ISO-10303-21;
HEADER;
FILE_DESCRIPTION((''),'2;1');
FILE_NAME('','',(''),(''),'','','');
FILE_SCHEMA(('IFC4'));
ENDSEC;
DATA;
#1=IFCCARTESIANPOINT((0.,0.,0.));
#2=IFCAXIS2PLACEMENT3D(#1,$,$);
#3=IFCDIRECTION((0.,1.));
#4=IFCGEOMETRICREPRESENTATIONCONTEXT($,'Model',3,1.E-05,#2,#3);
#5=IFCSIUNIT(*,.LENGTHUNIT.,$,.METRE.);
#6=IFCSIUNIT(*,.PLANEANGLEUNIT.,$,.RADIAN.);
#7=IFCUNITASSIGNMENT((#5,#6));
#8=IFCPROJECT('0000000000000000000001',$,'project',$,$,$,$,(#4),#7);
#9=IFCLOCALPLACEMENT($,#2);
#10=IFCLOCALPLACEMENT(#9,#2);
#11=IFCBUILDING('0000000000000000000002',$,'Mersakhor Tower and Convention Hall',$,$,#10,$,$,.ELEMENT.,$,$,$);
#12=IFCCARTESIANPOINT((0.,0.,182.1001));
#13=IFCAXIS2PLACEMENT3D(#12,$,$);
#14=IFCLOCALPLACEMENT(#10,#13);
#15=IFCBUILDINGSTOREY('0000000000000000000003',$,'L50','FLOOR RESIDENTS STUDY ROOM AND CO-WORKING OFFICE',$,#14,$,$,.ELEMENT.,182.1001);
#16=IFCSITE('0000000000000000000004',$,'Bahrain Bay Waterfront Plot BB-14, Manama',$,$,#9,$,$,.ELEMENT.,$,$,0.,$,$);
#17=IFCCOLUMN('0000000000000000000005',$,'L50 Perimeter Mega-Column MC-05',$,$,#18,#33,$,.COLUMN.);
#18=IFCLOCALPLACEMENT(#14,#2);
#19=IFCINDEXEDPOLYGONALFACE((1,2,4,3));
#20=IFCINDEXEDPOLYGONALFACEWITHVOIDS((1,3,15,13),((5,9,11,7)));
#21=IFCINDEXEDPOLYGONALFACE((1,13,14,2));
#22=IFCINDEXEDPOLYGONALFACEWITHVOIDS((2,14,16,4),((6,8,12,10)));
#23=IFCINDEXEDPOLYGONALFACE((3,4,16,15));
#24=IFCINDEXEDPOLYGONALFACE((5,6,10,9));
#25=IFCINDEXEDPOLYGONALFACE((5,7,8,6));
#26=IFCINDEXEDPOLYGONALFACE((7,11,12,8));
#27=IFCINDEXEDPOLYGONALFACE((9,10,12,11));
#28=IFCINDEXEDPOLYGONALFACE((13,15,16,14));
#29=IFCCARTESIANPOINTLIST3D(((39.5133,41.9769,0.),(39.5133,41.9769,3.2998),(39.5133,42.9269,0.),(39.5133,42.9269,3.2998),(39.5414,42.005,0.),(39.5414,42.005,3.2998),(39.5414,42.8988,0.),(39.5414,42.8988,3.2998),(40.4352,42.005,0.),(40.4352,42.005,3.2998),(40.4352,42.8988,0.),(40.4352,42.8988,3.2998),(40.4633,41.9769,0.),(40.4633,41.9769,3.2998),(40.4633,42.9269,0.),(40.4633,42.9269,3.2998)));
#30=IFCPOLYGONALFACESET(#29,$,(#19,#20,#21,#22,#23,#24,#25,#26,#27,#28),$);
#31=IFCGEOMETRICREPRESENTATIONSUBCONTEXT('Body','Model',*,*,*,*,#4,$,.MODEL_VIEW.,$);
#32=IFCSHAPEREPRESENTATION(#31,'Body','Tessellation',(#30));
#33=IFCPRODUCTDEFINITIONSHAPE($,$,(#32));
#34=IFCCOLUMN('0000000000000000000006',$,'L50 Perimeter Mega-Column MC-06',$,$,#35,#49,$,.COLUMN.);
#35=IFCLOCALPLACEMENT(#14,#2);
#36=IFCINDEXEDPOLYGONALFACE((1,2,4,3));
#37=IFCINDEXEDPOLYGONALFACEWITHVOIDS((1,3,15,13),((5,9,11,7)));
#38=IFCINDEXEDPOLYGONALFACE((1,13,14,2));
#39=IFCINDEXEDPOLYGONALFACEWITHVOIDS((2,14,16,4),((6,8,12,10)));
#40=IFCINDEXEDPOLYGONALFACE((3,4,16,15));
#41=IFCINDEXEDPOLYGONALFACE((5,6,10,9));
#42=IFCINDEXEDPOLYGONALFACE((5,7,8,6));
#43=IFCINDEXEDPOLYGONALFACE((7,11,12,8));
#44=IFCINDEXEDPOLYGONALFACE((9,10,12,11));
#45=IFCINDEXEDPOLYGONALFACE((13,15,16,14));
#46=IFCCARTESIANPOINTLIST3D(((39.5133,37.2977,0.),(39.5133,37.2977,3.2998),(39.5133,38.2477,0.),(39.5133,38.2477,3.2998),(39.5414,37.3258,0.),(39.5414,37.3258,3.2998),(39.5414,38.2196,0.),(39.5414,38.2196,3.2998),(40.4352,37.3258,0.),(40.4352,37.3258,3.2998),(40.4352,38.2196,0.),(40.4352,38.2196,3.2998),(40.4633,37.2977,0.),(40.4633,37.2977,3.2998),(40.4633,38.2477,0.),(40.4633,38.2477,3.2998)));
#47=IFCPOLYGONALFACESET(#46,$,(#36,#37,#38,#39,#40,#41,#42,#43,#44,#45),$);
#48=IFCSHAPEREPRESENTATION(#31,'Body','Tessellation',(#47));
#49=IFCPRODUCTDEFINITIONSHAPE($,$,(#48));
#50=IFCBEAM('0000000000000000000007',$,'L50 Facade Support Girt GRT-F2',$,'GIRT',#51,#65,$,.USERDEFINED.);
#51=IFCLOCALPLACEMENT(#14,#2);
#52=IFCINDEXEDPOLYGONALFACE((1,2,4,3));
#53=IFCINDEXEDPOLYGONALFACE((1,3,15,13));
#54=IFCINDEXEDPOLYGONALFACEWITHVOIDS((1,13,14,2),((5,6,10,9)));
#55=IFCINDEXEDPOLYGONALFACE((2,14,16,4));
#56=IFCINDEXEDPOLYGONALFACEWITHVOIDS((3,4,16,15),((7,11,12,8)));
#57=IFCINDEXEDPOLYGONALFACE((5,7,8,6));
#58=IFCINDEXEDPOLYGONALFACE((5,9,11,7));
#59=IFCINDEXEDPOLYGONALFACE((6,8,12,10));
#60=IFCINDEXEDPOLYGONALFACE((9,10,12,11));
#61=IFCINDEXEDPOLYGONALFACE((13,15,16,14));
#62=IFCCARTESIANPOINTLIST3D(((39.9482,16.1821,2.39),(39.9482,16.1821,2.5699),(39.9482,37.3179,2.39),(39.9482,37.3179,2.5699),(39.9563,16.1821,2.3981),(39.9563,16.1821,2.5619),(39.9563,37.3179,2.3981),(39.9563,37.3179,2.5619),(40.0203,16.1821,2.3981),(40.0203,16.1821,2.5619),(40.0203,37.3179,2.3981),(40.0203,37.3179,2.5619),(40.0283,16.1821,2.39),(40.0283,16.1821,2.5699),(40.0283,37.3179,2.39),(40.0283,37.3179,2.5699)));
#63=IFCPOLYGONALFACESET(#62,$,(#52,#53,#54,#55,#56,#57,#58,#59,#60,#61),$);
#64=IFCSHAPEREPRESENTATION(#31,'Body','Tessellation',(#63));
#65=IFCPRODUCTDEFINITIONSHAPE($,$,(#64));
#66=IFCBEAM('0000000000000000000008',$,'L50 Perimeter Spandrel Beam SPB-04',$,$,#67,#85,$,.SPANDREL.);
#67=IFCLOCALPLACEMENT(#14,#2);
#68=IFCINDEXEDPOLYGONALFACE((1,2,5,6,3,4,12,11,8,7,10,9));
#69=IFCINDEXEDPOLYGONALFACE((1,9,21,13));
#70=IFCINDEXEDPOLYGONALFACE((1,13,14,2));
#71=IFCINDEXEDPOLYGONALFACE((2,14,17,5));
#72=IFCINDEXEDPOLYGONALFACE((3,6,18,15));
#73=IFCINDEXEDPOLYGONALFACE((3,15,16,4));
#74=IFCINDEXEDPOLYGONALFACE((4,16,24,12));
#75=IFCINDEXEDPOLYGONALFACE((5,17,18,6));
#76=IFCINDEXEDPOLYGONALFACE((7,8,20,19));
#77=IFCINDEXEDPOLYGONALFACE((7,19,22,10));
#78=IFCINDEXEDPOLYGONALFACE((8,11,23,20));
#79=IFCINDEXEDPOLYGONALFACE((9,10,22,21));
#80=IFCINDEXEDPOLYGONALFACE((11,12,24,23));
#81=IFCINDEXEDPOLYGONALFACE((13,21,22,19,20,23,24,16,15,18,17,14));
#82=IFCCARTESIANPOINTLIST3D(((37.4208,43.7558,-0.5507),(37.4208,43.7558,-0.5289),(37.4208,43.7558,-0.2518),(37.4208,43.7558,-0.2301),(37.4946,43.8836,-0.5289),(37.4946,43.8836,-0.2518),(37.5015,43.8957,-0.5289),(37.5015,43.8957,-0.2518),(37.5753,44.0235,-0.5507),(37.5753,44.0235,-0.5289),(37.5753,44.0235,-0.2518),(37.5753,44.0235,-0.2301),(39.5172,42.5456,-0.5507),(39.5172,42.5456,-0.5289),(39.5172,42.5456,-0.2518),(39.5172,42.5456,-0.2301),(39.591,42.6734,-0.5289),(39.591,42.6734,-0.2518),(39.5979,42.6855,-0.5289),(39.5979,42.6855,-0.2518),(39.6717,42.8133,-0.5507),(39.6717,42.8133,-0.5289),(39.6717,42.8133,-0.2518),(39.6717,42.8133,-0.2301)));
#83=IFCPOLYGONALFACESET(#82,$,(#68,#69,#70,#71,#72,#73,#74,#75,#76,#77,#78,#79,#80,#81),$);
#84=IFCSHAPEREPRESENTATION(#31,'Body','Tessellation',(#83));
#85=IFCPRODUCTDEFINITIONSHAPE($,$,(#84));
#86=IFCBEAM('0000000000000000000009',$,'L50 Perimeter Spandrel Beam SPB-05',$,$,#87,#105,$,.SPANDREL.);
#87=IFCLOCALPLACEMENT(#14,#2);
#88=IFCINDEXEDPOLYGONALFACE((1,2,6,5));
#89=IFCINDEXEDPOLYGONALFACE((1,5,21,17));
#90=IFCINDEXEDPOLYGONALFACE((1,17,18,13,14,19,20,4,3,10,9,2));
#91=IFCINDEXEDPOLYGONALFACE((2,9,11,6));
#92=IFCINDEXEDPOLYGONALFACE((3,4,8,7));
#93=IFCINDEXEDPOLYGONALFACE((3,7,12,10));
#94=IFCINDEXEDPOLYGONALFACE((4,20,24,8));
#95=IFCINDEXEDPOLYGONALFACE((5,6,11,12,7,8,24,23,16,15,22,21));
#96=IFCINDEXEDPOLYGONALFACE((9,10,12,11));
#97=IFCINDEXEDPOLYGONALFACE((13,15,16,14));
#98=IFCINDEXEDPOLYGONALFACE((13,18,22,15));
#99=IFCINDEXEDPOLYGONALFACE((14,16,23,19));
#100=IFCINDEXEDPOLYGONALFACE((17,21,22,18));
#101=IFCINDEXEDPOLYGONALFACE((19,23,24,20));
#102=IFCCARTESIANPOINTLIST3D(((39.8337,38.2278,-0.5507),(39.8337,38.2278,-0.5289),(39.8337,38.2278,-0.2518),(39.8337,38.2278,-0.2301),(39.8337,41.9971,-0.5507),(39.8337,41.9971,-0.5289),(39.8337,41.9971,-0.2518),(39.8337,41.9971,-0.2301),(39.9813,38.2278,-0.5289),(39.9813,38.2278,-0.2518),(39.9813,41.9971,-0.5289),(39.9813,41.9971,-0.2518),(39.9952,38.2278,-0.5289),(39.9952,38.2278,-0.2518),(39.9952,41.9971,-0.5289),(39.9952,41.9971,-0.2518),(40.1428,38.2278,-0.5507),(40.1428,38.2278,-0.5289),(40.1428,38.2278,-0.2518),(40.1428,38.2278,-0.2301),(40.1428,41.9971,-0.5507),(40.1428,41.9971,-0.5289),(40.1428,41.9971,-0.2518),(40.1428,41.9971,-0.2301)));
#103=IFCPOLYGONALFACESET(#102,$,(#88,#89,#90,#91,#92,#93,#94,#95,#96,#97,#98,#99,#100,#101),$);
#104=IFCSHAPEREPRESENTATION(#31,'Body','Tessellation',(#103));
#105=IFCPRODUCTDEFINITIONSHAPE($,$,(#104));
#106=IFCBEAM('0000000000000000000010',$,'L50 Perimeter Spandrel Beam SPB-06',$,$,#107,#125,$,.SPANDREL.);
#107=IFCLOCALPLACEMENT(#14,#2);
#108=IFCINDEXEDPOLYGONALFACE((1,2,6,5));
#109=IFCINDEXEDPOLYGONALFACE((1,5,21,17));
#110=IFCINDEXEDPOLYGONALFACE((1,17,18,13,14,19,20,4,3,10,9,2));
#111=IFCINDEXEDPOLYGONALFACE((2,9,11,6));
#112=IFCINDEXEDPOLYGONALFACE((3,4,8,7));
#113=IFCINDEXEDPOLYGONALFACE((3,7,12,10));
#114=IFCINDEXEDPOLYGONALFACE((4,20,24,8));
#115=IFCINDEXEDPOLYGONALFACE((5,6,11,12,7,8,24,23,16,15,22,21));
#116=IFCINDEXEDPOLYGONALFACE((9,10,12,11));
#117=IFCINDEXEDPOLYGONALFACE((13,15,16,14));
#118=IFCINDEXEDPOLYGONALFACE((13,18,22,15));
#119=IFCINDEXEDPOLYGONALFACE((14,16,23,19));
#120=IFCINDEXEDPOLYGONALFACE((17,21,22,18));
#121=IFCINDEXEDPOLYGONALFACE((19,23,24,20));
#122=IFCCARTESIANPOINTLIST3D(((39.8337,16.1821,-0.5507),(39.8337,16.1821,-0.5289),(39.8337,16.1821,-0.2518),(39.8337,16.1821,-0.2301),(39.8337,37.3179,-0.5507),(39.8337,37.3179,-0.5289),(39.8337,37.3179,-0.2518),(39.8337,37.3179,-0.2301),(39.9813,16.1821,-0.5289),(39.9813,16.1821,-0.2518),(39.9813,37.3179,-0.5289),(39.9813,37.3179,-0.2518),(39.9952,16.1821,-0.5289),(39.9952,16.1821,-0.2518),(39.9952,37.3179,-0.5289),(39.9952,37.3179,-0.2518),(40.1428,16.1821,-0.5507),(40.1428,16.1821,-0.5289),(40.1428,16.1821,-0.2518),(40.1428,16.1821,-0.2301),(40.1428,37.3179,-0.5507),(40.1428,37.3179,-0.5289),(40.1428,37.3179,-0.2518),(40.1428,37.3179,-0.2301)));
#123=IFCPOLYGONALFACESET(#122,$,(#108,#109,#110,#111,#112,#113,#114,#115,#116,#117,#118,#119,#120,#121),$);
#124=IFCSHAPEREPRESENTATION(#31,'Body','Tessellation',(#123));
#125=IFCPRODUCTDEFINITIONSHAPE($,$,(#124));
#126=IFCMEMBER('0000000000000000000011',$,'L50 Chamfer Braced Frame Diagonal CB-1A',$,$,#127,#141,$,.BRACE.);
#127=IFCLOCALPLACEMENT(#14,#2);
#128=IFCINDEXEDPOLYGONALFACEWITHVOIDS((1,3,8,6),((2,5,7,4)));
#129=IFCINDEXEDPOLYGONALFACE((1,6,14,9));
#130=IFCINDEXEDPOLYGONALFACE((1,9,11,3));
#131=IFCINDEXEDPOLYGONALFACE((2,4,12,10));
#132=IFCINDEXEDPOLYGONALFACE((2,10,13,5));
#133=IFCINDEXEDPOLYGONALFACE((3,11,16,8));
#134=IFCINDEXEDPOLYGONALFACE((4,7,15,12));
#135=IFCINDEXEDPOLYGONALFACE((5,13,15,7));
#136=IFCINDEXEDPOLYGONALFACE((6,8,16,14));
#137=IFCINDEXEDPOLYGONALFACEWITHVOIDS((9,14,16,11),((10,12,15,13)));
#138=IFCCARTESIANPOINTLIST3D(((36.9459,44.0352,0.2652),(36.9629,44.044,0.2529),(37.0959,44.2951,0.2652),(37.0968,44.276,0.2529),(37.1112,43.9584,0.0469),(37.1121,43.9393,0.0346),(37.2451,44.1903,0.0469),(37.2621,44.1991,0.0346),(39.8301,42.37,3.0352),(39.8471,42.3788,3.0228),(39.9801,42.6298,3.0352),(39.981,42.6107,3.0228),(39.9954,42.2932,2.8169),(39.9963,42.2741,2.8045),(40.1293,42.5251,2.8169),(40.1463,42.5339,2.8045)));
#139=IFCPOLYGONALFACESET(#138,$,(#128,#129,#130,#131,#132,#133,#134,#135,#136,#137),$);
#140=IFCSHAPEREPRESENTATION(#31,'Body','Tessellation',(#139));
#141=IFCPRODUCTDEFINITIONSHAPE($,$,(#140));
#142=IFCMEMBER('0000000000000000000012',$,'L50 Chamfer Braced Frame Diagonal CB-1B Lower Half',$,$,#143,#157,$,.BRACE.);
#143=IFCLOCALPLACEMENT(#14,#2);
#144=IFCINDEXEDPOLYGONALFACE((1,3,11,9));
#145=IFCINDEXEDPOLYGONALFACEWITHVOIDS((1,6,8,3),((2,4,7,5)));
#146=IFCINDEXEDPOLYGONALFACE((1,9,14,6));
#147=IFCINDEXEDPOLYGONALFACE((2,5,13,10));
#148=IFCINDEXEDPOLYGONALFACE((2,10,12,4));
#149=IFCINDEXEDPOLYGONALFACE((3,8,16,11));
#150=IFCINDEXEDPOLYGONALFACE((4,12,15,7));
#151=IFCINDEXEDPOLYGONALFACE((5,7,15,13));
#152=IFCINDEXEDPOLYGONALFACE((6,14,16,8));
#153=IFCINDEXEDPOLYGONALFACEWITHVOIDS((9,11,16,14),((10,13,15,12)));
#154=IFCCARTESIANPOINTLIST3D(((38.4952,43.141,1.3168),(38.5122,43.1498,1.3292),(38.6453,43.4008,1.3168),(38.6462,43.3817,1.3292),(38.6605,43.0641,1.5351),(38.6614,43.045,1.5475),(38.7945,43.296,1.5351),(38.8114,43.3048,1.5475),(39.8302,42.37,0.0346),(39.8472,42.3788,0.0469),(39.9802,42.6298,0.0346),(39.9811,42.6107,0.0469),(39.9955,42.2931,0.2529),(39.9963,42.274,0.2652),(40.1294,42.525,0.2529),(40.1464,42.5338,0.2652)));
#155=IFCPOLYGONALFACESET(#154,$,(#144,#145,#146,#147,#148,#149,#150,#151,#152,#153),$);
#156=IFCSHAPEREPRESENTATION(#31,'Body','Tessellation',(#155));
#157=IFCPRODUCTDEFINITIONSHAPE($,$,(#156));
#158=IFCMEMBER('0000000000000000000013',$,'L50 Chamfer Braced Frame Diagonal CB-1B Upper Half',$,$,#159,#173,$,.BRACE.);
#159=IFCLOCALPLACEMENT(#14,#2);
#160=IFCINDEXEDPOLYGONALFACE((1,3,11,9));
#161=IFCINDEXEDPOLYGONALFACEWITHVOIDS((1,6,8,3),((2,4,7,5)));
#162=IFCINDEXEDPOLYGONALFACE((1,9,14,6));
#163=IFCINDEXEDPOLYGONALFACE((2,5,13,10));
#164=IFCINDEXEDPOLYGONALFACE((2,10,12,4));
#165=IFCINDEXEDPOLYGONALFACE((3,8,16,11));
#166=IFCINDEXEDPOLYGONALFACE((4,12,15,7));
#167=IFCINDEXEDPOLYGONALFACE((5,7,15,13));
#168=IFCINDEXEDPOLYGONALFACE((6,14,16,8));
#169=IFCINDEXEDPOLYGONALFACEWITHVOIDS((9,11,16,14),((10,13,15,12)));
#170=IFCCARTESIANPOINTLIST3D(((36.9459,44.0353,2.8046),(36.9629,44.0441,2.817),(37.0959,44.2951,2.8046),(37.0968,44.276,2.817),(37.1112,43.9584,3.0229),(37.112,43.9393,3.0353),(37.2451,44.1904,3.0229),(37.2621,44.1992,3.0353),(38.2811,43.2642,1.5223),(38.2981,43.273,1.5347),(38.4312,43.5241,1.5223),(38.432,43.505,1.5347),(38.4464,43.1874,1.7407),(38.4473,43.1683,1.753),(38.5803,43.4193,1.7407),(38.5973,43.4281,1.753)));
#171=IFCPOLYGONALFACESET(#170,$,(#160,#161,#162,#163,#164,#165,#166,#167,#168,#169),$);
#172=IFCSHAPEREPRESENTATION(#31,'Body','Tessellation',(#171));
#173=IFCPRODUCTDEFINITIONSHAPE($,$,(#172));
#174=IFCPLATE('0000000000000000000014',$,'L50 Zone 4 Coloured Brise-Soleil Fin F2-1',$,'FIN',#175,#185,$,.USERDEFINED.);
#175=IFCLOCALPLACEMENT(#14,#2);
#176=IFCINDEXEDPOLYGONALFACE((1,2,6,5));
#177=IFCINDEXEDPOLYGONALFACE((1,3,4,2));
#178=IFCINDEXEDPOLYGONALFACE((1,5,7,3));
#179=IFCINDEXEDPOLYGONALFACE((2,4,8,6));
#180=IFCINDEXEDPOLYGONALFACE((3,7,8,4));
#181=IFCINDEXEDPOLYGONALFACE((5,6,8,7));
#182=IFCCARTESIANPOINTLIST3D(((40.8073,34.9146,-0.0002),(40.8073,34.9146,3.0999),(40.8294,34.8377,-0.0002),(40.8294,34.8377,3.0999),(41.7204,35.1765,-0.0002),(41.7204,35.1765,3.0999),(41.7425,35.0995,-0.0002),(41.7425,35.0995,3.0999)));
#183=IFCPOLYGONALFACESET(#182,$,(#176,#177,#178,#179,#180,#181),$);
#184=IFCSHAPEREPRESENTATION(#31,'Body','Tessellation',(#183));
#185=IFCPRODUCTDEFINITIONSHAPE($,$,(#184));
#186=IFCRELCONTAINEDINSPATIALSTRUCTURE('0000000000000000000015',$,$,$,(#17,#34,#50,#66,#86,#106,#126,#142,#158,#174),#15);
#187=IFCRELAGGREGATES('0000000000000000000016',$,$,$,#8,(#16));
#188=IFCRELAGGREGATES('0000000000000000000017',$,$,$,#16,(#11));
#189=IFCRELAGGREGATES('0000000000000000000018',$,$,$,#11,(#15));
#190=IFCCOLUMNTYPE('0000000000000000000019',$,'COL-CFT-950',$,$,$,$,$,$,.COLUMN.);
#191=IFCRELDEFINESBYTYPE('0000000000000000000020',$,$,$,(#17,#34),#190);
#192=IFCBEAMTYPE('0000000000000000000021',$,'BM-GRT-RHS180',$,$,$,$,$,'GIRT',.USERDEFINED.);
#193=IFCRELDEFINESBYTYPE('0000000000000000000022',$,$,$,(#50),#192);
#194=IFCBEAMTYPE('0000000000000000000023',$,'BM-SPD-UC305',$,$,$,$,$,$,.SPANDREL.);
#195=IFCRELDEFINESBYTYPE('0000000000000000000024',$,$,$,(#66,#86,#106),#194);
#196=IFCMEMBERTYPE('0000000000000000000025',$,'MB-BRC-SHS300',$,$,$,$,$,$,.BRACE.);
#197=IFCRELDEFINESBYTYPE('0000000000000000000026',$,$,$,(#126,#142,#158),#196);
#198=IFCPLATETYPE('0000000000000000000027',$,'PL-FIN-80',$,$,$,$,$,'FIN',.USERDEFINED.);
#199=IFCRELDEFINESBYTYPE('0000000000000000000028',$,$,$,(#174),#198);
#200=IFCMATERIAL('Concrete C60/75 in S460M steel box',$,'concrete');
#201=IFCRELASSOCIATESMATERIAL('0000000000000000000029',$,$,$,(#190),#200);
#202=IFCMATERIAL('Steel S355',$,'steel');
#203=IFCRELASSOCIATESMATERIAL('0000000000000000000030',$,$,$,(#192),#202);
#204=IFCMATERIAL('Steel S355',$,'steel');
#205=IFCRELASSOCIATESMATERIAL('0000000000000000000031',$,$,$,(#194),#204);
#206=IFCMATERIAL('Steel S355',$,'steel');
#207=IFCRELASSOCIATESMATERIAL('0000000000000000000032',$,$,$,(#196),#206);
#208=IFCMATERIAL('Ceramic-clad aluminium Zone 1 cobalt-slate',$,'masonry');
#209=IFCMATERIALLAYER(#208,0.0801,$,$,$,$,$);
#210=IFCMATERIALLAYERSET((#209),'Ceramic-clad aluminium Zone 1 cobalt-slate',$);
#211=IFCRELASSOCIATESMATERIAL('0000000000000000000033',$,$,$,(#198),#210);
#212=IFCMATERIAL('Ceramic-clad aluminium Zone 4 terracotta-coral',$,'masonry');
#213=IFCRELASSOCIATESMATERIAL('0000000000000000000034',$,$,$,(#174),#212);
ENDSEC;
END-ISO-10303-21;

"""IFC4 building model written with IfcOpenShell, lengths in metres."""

from ifc_helpers import new_model, si_unit, direction, frame, origin, origin_2d, place, context, subcontext, project, spatial, rectangle, hollow_rectangle, i_section, extrude, material, layer, layer_set, material_profile, profile_set, type_object, element, save


model = new_model("IFC4")

# Units and contexts
model_context = context("Model", 3, precision=1e-05, world=origin(), true_north=direction((0.0, 1.0)))
body_context = subcontext(model_context, "Body", "Model", "MODEL_VIEW")
ifc_project = project(units=[si_unit("LENGTHUNIT", "METRE"), si_unit("PLANEANGLEUNIT", "RADIAN")], contexts=[model_context])

# Site, building, storey
site_placement = place(None, origin())
site = spatial("IfcSite", under=ifc_project, at=site_placement, Name="Bahrain Bay Waterfront Plot BB-14, Manama", CompositionType="ELEMENT", RefElevation=0.0)
building_placement = place(site_placement, origin())
building = spatial("IfcBuilding", under=site, at=building_placement, Name="Mersakhor Tower and Convention Hall", CompositionType="ELEMENT")
storey_placement = place(building_placement, frame((0.0, 0.0, 182.1001)))
storey = spatial("IfcBuildingStorey", under=building, at=storey_placement, Name="L50", Description="FLOOR RESIDENTS STUDY ROOM AND CO-WORKING OFFICE", CompositionType="ELEMENT", Elevation=182.1001)

# Columns
ifc_material_1 = material(Name="Concrete C60/75 in S460M steel box", Category="concrete")
ifc_material_profile_1 = material_profile(ifc_material_1, hollow_rectangle(XDim=0.95, YDim=0.95, WallThickness=0.0281, at=origin_2d()), Name="SHS 950x950x28")
ifc_profile_set_1 = profile_set([ifc_material_profile_1], Name="Concrete C60/75 in S460M steel box")
column_type = type_object("IfcColumnType", Name="COL-CFT-950", PredefinedType="COLUMN", material=ifc_profile_set_1)
for number, where, z_axis, x_axis, name in (
    (1, (39.9883, 42.4519, 0.0), (0.0, 0.0, 1.0), (1.0, 0.0, 0.0), "L50 Perimeter Mega-Column MC-05"),
    (2, (39.9883, 37.7727, 0.0), (0.0, 0.0, 1.0), (1.0, 0.0, 0.0), "L50 Perimeter Mega-Column MC-06"),
):
    element("IfcColumn", number, at=place(storey_placement, frame(where, z_axis=z_axis, x_axis=x_axis)), inside=storey, type_object=column_type, Name=name, PredefinedType="COLUMN", context=body_context, shape_type="SweptSolid", body=[
        extrude(hollow_rectangle(XDim=0.95, YDim=0.95, WallThickness=0.0281, at=origin_2d()), origin(), (0.0, 0.0, 1.0), 3.2998),
    ])

# Beams
ifc_material_2 = material(Name="Steel S355", Category="steel")
ifc_material_profile_2 = material_profile(ifc_material_2, hollow_rectangle(XDim=0.0801, YDim=0.1799, WallThickness=0.0081, at=origin_2d()), Name="RHS 180x80x8")
ifc_profile_set_2 = profile_set([ifc_material_profile_2], Name="Steel S355")
beam_type_1 = type_object("IfcBeamType", Name="BM-GRT-RHS180", ElementType="GIRT", PredefinedType="USERDEFINED", material=ifc_profile_set_2)
beam_1_placement = place(storey_placement, frame((39.9883, 37.3179, 2.48), z_axis=(0.0, -1.0, 0.0), x_axis=(1.0, 0.0, 0.0)))
element("IfcBeam", 3, at=beam_1_placement, inside=storey, type_object=beam_type_1, Name="L50 Facade Support Girt GRT-F2", ObjectType="GIRT", PredefinedType="USERDEFINED", context=body_context, shape_type="SweptSolid", body=[
    extrude(hollow_rectangle(XDim=0.0801, YDim=0.1799, WallThickness=0.0081, at=origin_2d()), origin(), (0.0, 0.0, 1.0), 21.1357),
])
ifc_material_3 = material(Name="Steel S355", Category="steel")
ifc_material_profile_3 = material_profile(ifc_material_3, i_section(OverallWidth=0.3091, OverallDepth=0.3206, WebThickness=0.0139, FlangeThickness=0.0217, at=origin_2d()), Name="UC 305x305x137")
ifc_profile_set_3 = profile_set([ifc_material_profile_3], Name="Steel S355")
beam_type_2 = type_object("IfcBeamType", Name="BM-SPD-UC305", PredefinedType="SPANDREL", material=ifc_profile_set_3)
beam_2_placement = place(storey_placement, frame((37.498, 43.8896, -0.3904), z_axis=(0.866056, -0.499947, 0.0), x_axis=(0.499947, 0.866056, 0.0)))
element("IfcBeam", 4, at=beam_2_placement, inside=storey, type_object=beam_type_2, Name="L50 Perimeter Spandrel Beam SPB-04", PredefinedType="SPANDREL", context=body_context, shape_type="SweptSolid", body=[
    extrude(i_section(OverallWidth=0.3091, OverallDepth=0.3206, WebThickness=0.0139, FlangeThickness=0.0217, at=origin_2d()), origin(), (0.0, 0.0, 1.0), 2.4207),
])
beam_3_placement = place(storey_placement, frame((39.9883, 41.9971, -0.3904), z_axis=(0.0, -1.0, 0.0), x_axis=(1.0, 0.0, 0.0)))
element("IfcBeam", 5, at=beam_3_placement, inside=storey, type_object=beam_type_2, Name="L50 Perimeter Spandrel Beam SPB-05", PredefinedType="SPANDREL", context=body_context, shape_type="SweptSolid", body=[
    extrude(i_section(OverallWidth=0.3091, OverallDepth=0.3206, WebThickness=0.0139, FlangeThickness=0.0217, at=origin_2d()), origin(), (0.0, 0.0, 1.0), 3.7693),
])
beam_4_placement = place(storey_placement, frame((39.9883, 37.3179, -0.3904), z_axis=(0.0, -1.0, 0.0), x_axis=(1.0, 0.0, 0.0)))
element("IfcBeam", 6, at=beam_4_placement, inside=storey, type_object=beam_type_2, Name="L50 Perimeter Spandrel Beam SPB-06", PredefinedType="SPANDREL", context=body_context, shape_type="SweptSolid", body=[
    extrude(i_section(OverallWidth=0.3091, OverallDepth=0.3206, WebThickness=0.0139, FlangeThickness=0.0217, at=origin_2d()), origin(), (0.0, 0.0, 1.0), 21.1357),
])

# Members
ifc_material_4 = material(Name="Steel S355", Category="steel")
ifc_material_profile_4 = material_profile(ifc_material_4, hollow_rectangle(XDim=0.3, YDim=0.3, WallThickness=0.0161, at=origin_2d()), Name="SHS 300x300x16")
ifc_profile_set_4 = profile_set([ifc_material_profile_4], Name="Steel S355")
member_type = type_object("IfcMemberType", Name="MB-BRC-SHS300", PredefinedType="BRACE", material=ifc_profile_set_4)
member_1_placement = place(storey_placement, frame((37.104, 44.1172, 0.1499), z_axis=(0.665825, -0.384425, 0.639449), x_axis=(0.50001, 0.86602, 0.0)))
element("IfcMember", 7, at=member_1_placement, inside=storey, type_object=member_type, Name="L50 Chamfer Braced Frame Diagonal CB-1A", PredefinedType="BRACE", context=body_context, shape_type="SweptSolid", body=[
    extrude(hollow_rectangle(XDim=0.3, YDim=0.3, WallThickness=0.0161, at=origin_2d()), origin(), (0.0, 0.0, 1.0), 4.3318),
])
member_2_placement = place(storey_placement, frame((39.9883, 42.4519, 0.1499), z_axis=(-0.665763, 0.384506, 0.639464), x_axis=(-0.500125, -0.865953, 0.0)))
element("IfcMember", 8, at=member_2_placement, inside=storey, type_object=member_type, Name="L50 Chamfer Braced Frame Diagonal CB-1B Lower Half", PredefinedType="BRACE", context=body_context, shape_type="SweptSolid", body=[
    extrude(hollow_rectangle(XDim=0.3, YDim=0.3, WallThickness=0.0161, at=origin_2d()), origin(), (0.0, 0.0, 1.0), 2.0051),
])
member_3_placement = place(storey_placement, frame((38.4392, 43.3462, 1.6377), z_axis=(-0.665831, 0.384475, 0.639412), x_axis=(-0.500056, -0.865993, 0.0)))
element("IfcMember", 9, at=member_3_placement, inside=storey, type_object=member_type, Name="L50 Chamfer Braced Frame Diagonal CB-1B Upper Half", PredefinedType="BRACE", context=body_context, shape_type="SweptSolid", body=[
    extrude(hollow_rectangle(XDim=0.3, YDim=0.3, WallThickness=0.0161, at=origin_2d()), origin(), (0.0, 0.0, 1.0), 2.0054),
])

# Plate
ifc_material_5 = material(Name="Ceramic-clad aluminium Zone 4 terracotta-coral", Category="masonry")
ifc_material_6 = material(Name="Ceramic-clad aluminium Zone 1 cobalt-slate", Category="masonry")
ifc_layer_1 = layer(ifc_material_6, 0.0801)
ifc_layer_set_1 = layer_set([ifc_layer_1], Name="Ceramic-clad aluminium Zone 1 cobalt-slate")
plate_type_1 = type_object("IfcPlateType", Name="PL-FIN-80", ElementType="FIN", PredefinedType="USERDEFINED", material=ifc_layer_set_1)
plate_1_placement = place(storey_placement, frame((41.2749, 35.0071, -0.0002), z_axis=(0.0, 0.0, 1.0), x_axis=(0.961262, 0.275637, 0.0)))
element("IfcPlate", 10, at=plate_1_placement, inside=storey, type_object=plate_type_1, material=ifc_material_5, Name="L50 Zone 4 Coloured Brise-Soleil Fin F2-1", ObjectType="FIN", PredefinedType="USERDEFINED", context=body_context, shape_type="SweptSolid", body=[
    extrude(rectangle(XDim=0.95, YDim=0.0801, at=origin_2d()), origin(), (0.0, 0.0, 1.0), 3.1001),
])

save(model, "model.ifc")
